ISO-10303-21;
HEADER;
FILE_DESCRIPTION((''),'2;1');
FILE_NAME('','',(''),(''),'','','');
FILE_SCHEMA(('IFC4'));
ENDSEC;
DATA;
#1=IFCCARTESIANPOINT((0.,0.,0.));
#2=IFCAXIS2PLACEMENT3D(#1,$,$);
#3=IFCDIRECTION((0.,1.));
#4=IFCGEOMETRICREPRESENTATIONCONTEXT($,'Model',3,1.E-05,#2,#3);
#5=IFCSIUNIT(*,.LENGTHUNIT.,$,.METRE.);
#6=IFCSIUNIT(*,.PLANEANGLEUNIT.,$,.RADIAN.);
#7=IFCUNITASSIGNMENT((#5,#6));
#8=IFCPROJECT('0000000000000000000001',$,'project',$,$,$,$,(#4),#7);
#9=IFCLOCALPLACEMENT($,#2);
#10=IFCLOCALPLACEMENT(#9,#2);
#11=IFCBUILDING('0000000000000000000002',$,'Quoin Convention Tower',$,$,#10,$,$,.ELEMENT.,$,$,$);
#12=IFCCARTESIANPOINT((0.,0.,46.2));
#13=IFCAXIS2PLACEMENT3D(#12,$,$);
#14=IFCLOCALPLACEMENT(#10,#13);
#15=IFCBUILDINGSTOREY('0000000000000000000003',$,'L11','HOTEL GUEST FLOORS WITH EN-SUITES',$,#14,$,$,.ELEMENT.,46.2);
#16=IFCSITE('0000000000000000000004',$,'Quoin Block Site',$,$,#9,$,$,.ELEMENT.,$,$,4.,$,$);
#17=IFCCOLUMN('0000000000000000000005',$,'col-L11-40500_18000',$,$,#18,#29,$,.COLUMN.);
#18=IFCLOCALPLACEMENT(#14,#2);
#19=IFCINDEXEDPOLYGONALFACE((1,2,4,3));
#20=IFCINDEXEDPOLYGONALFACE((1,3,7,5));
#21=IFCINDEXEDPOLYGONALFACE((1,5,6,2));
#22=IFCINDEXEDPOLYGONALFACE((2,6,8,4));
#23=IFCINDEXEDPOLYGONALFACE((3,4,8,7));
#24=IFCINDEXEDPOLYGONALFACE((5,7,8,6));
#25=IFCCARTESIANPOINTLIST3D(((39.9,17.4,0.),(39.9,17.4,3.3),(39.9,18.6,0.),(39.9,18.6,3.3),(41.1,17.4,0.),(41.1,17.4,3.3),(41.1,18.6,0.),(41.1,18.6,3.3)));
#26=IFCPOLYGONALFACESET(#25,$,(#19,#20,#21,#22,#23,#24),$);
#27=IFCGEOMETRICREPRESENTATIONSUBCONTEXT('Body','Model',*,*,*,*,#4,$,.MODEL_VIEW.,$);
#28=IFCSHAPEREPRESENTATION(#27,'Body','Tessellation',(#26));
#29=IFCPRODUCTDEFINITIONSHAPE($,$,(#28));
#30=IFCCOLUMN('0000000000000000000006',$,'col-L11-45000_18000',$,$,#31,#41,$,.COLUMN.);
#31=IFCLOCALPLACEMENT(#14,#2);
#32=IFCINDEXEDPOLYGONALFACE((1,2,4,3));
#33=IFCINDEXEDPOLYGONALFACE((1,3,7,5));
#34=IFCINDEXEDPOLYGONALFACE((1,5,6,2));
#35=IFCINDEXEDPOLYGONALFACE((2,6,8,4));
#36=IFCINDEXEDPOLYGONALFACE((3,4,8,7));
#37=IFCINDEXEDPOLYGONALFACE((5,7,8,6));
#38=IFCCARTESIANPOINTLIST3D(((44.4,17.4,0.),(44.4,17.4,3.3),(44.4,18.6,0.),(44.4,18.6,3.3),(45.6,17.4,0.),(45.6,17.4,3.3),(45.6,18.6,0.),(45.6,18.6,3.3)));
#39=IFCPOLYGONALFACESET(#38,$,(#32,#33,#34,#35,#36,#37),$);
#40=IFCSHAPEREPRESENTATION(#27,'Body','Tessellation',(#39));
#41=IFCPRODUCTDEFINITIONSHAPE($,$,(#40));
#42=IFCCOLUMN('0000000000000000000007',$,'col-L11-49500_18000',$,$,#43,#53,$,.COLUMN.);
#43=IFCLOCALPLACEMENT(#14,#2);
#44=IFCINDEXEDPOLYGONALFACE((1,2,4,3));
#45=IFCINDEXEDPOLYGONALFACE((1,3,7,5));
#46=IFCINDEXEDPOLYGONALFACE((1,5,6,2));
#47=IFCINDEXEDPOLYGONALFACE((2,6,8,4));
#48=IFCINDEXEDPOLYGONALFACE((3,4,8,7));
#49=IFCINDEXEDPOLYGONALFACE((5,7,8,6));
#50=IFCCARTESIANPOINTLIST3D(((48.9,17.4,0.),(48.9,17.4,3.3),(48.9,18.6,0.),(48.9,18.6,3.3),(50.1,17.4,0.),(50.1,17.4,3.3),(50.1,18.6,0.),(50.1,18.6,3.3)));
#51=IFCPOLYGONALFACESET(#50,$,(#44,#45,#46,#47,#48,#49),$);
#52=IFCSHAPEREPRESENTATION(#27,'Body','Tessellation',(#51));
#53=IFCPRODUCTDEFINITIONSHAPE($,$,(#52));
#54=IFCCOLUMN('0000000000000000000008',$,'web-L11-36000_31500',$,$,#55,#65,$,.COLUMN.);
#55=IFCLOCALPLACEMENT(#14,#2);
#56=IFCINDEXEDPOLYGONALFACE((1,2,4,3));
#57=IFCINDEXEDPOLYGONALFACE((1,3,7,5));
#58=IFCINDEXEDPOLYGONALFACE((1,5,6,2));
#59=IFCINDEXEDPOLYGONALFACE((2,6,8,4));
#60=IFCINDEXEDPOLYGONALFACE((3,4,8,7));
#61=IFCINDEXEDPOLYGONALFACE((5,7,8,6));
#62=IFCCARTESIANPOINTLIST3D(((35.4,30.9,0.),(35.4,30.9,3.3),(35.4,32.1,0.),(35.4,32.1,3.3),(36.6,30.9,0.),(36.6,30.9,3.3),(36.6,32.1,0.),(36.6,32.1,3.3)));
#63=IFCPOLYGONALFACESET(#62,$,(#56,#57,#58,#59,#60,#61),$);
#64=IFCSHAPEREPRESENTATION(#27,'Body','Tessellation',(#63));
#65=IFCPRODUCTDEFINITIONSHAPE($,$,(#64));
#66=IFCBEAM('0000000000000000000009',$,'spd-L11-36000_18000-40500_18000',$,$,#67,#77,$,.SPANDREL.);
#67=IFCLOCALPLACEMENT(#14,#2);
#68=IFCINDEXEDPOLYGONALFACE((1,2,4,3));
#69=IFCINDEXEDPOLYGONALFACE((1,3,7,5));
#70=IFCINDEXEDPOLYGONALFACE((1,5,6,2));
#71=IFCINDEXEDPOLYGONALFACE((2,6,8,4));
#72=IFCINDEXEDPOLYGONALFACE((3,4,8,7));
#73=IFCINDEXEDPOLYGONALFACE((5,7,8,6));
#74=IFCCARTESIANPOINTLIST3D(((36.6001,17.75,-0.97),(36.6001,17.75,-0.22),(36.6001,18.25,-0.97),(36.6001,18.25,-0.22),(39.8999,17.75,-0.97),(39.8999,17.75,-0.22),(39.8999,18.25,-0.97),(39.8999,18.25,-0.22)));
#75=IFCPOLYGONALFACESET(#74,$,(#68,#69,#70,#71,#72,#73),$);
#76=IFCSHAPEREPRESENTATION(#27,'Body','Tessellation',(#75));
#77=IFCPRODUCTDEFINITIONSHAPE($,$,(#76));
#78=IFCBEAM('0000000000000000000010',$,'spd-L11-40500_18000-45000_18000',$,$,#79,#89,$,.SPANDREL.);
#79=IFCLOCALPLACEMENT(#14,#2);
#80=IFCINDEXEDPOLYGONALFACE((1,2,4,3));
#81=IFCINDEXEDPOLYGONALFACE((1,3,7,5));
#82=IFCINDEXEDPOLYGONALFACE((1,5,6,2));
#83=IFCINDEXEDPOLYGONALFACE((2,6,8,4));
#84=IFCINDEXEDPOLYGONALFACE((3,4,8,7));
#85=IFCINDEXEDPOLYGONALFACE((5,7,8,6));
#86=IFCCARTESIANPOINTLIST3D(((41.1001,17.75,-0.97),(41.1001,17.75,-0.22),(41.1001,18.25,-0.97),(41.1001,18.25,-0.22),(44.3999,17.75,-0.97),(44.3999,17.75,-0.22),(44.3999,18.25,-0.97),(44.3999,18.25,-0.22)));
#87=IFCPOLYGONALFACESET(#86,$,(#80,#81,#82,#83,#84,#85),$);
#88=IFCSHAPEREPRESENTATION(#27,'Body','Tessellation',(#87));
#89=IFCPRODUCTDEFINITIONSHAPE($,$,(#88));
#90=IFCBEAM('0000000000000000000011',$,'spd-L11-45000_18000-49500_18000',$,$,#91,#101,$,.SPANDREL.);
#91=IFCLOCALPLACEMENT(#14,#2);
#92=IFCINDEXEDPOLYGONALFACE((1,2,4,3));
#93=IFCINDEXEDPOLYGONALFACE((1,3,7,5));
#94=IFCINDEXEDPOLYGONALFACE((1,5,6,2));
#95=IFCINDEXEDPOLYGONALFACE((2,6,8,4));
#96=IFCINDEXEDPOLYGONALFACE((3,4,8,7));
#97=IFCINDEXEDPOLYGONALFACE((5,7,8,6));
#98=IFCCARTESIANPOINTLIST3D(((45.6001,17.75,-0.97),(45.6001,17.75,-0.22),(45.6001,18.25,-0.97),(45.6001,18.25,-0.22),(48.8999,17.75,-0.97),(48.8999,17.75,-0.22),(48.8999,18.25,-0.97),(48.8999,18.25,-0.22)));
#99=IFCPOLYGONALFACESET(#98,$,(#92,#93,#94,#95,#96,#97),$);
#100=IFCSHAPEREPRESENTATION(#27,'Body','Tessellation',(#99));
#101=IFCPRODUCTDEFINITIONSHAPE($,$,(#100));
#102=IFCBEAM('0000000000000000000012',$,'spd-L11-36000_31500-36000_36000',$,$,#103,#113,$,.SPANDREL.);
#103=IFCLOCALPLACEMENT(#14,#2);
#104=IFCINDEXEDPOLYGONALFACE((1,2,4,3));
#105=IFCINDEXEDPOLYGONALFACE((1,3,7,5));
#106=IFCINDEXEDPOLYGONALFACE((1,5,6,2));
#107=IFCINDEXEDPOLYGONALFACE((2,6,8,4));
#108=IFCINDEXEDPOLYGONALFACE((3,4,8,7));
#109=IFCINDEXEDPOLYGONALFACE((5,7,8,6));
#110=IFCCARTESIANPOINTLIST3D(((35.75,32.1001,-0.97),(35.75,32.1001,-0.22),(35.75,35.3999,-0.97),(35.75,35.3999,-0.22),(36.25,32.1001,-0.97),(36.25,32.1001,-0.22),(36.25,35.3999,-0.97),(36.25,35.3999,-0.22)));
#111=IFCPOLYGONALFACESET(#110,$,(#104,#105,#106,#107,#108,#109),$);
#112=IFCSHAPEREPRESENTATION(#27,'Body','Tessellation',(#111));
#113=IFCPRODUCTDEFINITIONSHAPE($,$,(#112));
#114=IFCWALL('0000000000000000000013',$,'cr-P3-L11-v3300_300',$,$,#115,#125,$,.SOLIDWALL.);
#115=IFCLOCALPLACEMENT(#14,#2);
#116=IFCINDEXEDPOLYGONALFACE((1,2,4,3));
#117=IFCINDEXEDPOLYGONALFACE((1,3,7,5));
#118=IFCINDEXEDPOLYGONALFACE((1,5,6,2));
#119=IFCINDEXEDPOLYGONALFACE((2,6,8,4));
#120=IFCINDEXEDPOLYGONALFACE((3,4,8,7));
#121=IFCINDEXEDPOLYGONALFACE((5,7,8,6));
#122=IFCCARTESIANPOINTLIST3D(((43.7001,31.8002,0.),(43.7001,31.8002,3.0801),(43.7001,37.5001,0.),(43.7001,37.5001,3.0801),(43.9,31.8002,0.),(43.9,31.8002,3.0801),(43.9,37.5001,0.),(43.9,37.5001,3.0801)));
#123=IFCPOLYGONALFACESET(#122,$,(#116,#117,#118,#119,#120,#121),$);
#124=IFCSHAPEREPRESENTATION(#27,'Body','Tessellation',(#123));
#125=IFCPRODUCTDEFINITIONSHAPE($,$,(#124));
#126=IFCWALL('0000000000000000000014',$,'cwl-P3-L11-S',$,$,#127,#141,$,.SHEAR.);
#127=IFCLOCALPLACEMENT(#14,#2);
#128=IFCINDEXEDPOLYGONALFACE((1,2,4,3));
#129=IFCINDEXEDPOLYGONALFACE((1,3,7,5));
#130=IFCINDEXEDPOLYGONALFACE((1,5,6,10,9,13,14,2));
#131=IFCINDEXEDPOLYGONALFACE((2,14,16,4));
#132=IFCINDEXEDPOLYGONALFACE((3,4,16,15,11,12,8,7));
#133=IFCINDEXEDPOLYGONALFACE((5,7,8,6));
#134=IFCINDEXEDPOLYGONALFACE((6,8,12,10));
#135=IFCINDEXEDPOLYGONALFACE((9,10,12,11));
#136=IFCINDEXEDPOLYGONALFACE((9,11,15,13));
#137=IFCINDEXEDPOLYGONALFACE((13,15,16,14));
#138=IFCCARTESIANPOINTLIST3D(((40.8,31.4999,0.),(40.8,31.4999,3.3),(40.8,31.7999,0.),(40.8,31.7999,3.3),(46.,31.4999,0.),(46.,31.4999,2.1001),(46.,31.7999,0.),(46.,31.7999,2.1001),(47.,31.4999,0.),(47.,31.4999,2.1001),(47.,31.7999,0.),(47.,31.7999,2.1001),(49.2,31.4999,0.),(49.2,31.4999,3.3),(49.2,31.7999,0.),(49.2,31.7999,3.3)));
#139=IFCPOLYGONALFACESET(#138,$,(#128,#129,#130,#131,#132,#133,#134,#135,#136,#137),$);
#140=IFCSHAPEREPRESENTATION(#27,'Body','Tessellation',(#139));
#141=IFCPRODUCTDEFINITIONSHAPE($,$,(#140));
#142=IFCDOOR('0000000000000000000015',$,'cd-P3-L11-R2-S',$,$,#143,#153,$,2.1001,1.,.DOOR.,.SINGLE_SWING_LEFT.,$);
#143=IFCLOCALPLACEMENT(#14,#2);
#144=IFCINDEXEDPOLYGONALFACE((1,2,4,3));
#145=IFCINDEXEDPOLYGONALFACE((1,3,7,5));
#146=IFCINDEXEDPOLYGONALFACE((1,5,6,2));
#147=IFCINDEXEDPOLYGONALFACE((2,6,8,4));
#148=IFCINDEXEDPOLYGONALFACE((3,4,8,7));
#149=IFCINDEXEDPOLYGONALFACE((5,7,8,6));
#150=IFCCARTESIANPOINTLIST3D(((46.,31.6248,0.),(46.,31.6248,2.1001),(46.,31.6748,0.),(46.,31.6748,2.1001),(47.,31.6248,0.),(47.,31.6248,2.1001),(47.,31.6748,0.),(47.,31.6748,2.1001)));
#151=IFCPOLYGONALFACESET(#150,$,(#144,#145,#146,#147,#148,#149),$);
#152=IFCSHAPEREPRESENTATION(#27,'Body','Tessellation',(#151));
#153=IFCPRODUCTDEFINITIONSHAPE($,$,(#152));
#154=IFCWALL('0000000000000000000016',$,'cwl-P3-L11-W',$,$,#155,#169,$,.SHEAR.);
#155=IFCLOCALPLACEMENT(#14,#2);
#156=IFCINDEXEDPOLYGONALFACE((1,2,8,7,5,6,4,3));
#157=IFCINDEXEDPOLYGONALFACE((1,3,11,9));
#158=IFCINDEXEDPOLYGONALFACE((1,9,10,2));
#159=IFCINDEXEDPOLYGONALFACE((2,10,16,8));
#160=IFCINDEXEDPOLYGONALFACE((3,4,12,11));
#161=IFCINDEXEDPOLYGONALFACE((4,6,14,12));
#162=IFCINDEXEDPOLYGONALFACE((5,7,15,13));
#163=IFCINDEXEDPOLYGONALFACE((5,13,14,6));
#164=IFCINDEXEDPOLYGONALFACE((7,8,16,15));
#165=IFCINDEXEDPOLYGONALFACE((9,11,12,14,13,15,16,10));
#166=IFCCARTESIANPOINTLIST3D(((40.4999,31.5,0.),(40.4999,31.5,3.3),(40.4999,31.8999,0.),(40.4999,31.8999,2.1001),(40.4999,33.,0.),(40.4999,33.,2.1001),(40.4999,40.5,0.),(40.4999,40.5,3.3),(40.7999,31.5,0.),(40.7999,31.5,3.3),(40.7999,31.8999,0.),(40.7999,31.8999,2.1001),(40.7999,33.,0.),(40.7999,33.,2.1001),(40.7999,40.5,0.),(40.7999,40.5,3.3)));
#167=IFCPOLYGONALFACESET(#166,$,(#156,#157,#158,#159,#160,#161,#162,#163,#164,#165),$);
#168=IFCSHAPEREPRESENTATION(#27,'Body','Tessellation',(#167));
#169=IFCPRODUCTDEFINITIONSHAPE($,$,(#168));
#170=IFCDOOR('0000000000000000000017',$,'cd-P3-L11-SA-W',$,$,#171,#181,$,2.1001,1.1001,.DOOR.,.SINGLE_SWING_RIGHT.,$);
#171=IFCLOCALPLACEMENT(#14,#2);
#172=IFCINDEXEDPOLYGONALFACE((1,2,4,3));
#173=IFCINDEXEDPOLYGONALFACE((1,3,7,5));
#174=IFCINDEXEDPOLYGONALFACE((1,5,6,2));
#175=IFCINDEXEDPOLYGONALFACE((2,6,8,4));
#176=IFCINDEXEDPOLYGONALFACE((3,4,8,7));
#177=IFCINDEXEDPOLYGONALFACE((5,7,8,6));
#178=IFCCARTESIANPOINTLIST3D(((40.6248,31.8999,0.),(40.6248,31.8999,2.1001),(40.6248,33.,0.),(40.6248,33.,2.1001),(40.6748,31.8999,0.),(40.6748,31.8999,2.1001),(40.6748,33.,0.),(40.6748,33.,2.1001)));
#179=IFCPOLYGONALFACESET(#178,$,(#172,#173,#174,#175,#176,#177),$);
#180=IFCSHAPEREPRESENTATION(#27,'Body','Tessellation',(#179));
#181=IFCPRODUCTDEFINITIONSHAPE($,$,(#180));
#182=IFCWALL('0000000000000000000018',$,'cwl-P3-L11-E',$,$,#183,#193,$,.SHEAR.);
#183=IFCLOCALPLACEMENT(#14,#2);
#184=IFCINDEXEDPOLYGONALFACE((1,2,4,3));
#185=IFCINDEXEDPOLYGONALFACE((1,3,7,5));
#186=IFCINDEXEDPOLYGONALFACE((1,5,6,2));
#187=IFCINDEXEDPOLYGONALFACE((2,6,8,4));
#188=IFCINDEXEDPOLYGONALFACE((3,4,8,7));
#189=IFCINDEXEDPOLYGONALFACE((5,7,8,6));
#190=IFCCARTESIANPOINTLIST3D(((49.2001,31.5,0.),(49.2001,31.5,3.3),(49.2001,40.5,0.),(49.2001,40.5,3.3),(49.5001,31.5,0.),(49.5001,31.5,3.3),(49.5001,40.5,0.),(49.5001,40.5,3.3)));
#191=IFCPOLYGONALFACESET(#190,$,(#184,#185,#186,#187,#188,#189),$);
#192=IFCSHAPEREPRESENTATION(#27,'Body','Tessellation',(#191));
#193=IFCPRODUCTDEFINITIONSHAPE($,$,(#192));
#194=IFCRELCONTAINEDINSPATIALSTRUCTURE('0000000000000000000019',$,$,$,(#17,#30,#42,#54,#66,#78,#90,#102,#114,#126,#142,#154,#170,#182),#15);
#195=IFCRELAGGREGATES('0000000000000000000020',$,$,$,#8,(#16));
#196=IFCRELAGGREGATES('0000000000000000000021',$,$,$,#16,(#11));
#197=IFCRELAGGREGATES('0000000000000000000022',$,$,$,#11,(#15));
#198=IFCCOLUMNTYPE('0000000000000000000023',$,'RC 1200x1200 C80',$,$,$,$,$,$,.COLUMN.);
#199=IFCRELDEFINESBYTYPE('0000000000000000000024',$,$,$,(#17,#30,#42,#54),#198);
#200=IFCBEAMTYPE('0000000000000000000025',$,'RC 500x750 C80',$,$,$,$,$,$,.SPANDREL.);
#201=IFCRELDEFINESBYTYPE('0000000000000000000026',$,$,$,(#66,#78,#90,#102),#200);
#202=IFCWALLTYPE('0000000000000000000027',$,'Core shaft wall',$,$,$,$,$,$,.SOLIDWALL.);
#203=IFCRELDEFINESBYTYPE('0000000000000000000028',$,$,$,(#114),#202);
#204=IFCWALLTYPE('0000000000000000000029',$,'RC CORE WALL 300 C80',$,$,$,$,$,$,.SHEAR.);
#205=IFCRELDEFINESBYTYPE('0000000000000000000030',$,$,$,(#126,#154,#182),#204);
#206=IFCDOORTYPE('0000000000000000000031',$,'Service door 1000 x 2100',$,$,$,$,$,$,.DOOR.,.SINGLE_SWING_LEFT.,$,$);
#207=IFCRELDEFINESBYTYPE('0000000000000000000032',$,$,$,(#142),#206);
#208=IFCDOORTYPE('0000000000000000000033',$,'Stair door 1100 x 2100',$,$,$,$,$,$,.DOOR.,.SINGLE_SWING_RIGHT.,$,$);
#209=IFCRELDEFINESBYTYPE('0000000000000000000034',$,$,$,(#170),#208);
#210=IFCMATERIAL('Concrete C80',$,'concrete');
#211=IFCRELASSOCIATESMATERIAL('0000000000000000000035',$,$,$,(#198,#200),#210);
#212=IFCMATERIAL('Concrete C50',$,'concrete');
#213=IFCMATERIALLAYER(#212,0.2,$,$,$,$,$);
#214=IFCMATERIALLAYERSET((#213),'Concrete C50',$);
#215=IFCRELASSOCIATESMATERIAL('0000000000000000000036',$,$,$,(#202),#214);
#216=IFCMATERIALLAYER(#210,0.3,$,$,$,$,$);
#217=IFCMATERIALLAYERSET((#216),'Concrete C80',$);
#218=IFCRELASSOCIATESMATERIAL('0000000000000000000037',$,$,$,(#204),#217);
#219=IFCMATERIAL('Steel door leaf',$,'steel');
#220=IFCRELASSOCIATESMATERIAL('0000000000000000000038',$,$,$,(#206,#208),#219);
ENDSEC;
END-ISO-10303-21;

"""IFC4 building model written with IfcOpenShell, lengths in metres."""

from ifc_helpers import new_model, si_unit, direction, frame, frame_2d, origin, origin_2d, place, context, subcontext, project, spatial, rectangle, extrude, material, layer, layer_set, material_profile, profile_set, type_object, element, fill, save


model = new_model("IFC4")

# Units and contexts
model_context = context("Model", 3, precision=1e-05, world=origin(), true_north=direction((0.0, 1.0)))
body_context = subcontext(model_context, "Body", "Model", "MODEL_VIEW")
ifc_project = project(units=[si_unit("LENGTHUNIT", "METRE"), si_unit("PLANEANGLEUNIT", "RADIAN")], contexts=[model_context])

# Site, building, storey
site_placement = place(None, origin())
site = spatial("IfcSite", under=ifc_project, at=site_placement, Name="Quoin Block Site", CompositionType="ELEMENT", RefElevation=4.0)
building_placement = place(site_placement, origin())
building = spatial("IfcBuilding", under=site, at=building_placement, Name="Quoin Convention Tower", CompositionType="ELEMENT")
storey_placement = place(building_placement, frame((0.0, 0.0, 46.2)))
storey = spatial("IfcBuildingStorey", under=building, at=storey_placement, Name="L11", Description="HOTEL GUEST FLOORS WITH EN-SUITES", CompositionType="ELEMENT", Elevation=46.2)

# Columns
ifc_material_1 = material(Name="Concrete C80", Category="concrete")
ifc_material_profile_1 = material_profile(ifc_material_1, rectangle(XDim=1.2, YDim=1.2, at=origin_2d()), Name="RC 1200x1200")
ifc_profile_set_1 = profile_set([ifc_material_profile_1], Name="Concrete C80")
column_type = type_object("IfcColumnType", Name="RC 1200x1200 C80", PredefinedType="COLUMN", material=ifc_profile_set_1)
for number, where, z_axis, x_axis, name in (
    (1, (40.5, 18.0, 0.0), (0.0, 0.0, 1.0), (1.0, 0.0, 0.0), "col-L11-40500_18000"),
    (2, (45.0, 18.0, 0.0), (0.0, 0.0, 1.0), (1.0, 0.0, 0.0), "col-L11-45000_18000"),
    (3, (49.5, 18.0, 0.0), (0.0, 0.0, 1.0), (1.0, 0.0, 0.0), "col-L11-49500_18000"),
    (4, (36.0, 31.5, 0.0), (0.0, 0.0, 1.0), (1.0, 0.0, 0.0), "web-L11-36000_31500"),
):
    element("IfcColumn", number, at=place(storey_placement, frame(where, z_axis=z_axis, x_axis=x_axis)), inside=storey, type_object=column_type, Name=name, PredefinedType="COLUMN", context=body_context, shape_type="SweptSolid", body=[
        extrude(rectangle(XDim=1.2, YDim=1.2, at=origin_2d()), origin(), (0.0, 0.0, 1.0), 3.3),
    ])

# Beams
ifc_material_profile_2 = material_profile(ifc_material_1, rectangle(XDim=0.5, YDim=0.75, at=origin_2d()), Name="RC 500x750")
ifc_profile_set_2 = profile_set([ifc_material_profile_2], Name="Concrete C80")
beam_type = type_object("IfcBeamType", Name="RC 500x750 C80", PredefinedType="SPANDREL", material=ifc_profile_set_2)
for number, where, z_axis, x_axis, name in (
    (5, (36.6001, 18.0, -0.595), (1.0, 0.0, 0.0), (0.0, 1.0, 0.0), "spd-L11-36000_18000-40500_18000"),
    (6, (41.1001, 18.0, -0.595), (1.0, 0.0, 0.0), (0.0, 1.0, 0.0), "spd-L11-40500_18000-45000_18000"),
    (7, (45.6001, 18.0, -0.595), (1.0, 0.0, 0.0), (0.0, 1.0, 0.0), "spd-L11-45000_18000-49500_18000"),
    (8, (36.0, 32.1001, -0.595), (0.0, 1.0, 0.0), (-1.0, 0.0, 0.0), "spd-L11-36000_31500-36000_36000"),
):
    element("IfcBeam", number, at=place(storey_placement, frame(where, z_axis=z_axis, x_axis=x_axis)), inside=storey, type_object=beam_type, Name=name, PredefinedType="SPANDREL", context=body_context, shape_type="SweptSolid", body=[
        extrude(rectangle(XDim=0.5, YDim=0.75, at=origin_2d()), origin(), (0.0, 0.0, 1.0), 3.2998),
    ])

# Wall
ifc_material_2 = material(Name="Concrete C50", Category="concrete")
ifc_layer_1 = layer(ifc_material_2, 0.2)
ifc_layer_set_1 = layer_set([ifc_layer_1], Name="Concrete C50")
wall_type_1 = type_object("IfcWallType", Name="Core shaft wall", PredefinedType="SOLIDWALL", material=ifc_layer_set_1)
wall_1_placement = place(storey_placement, frame((43.8, 31.8, 0.0), z_axis=(0.0, 0.0, 1.0), x_axis=(0.0, 1.0, 0.0)))
element("IfcWall", 9, at=wall_1_placement, inside=storey, type_object=wall_type_1, Name="cr-P3-L11-v3300_300", PredefinedType="SOLIDWALL", context=body_context, shape_type="SweptSolid", body=[
    extrude(rectangle(XDim=5.7, YDim=0.2, at=frame_2d((2.8501, 0.0))), origin(), (0.0, 0.0, 1.0), 3.0801),
])

# Walls, openings, doors
ifc_layer_2 = layer(ifc_material_1, 0.3)
ifc_layer_set_2 = layer_set([ifc_layer_2], Name="Concrete C80")
wall_type_2 = type_object("IfcWallType", Name="RC CORE WALL 300 C80", PredefinedType="SHEAR", material=ifc_layer_set_2)
wall_2_placement = place(storey_placement, frame((40.8, 31.6499, 0.0), z_axis=(0.0, 0.0, 1.0), x_axis=(1.0, 0.0, 0.0)))
wall_2 = element("IfcWall", 10, at=wall_2_placement, inside=storey, type_object=wall_type_2, Name="cwl-P3-L11-S", PredefinedType="SHEAR", context=body_context, shape_type="SweptSolid", body=[
    extrude(rectangle(XDim=8.3999, YDim=0.3, at=frame_2d((4.2, 0.0))), origin(), (0.0, 0.0, 1.0), 3.3),
])
opening_1_placement = place(wall_2_placement, frame((5.2, 0.0, 0.0)))
opening_1 = element("IfcOpeningElement", 11, at=opening_1_placement, cuts=wall_2, PredefinedType="OPENING", context=body_context, shape_type="SweptSolid", body=[
    extrude(rectangle(XDim=1.0, YDim=2.1001, at=frame_2d((0.5, 1.05))), frame((0.0, 0.1599, 0.0), z_axis=(0.0, -1.0, 0.0), x_axis=(1.0, 0.0, 0.0)), (0.0, 0.0, 1.0), 0.3201),
])
ifc_material_3 = material(Name="Steel door leaf", Category="steel")
door_type_1 = type_object("IfcDoorType", Name="Service door 1000 x 2100", OperationType="SINGLE_SWING_LEFT", PredefinedType="DOOR", material=ifc_material_3)
door_1_placement = place(opening_1_placement, origin())
door_1 = element("IfcDoor", 12, at=door_1_placement, inside=storey, type_object=door_type_1, Name="cd-P3-L11-R2-S", OperationType="SINGLE_SWING_LEFT", OverallHeight=2.1001, OverallWidth=1.0, PredefinedType="DOOR", context=body_context, shape_type="SweptSolid", body=[
    extrude(rectangle(XDim=1.0, YDim=2.1001, at=frame_2d((0.5, 1.05))), frame((0.0, 0.0249, 0.0), z_axis=(0.0, -1.0, 0.0), x_axis=(1.0, 0.0, 0.0)), (0.0, 0.0, 1.0), 0.05),
])
fill(opening_1, door_1)
wall_3_placement = place(storey_placement, frame((40.6499, 31.5, 0.0), z_axis=(0.0, 0.0, 1.0), x_axis=(0.0, 1.0, 0.0)))
wall_3 = element("IfcWall", 13, at=wall_3_placement, inside=storey, type_object=wall_type_2, Name="cwl-P3-L11-W", PredefinedType="SHEAR", context=body_context, shape_type="SweptSolid", body=[
    extrude(rectangle(XDim=9.0, YDim=0.3, at=frame_2d((4.5, 0.0))), origin(), (0.0, 0.0, 1.0), 3.3),
])
opening_2_placement = place(wall_3_placement, frame((0.3999, 0.0, 0.0)))
opening_2 = element("IfcOpeningElement", 14, at=opening_2_placement, cuts=wall_3, PredefinedType="OPENING", context=body_context, shape_type="SweptSolid", body=[
    extrude(rectangle(XDim=1.1001, YDim=2.1001, at=frame_2d((0.55, 1.05))), frame((0.0, 0.1599, 0.0), z_axis=(0.0, -1.0, 0.0), x_axis=(1.0, 0.0, 0.0)), (0.0, 0.0, 1.0), 0.3201),
])
door_type_2 = type_object("IfcDoorType", Name="Stair door 1100 x 2100", OperationType="SINGLE_SWING_RIGHT", PredefinedType="DOOR", material=ifc_material_3)
door_2_placement = place(opening_2_placement, frame((1.1001, 0.0, 0.0), z_axis=(0.0, 0.0, 1.0), x_axis=(-1.0, 0.0, 0.0)))
door_2 = element("IfcDoor", 15, at=door_2_placement, inside=storey, type_object=door_type_2, Name="cd-P3-L11-SA-W", OperationType="SINGLE_SWING_RIGHT", OverallHeight=2.1001, OverallWidth=1.1001, PredefinedType="DOOR", context=body_context, shape_type="SweptSolid", body=[
    extrude(rectangle(XDim=1.1001, YDim=2.1001, at=frame_2d((0.55, 1.05))), frame((0.0, 0.0249, 0.0), z_axis=(0.0, -1.0, 0.0), x_axis=(1.0, 0.0, 0.0)), (0.0, 0.0, 1.0), 0.05),
])
fill(opening_2, door_2)

# Wall
wall_4_placement = place(storey_placement, frame((49.3501, 31.5, 0.0), z_axis=(0.0, 0.0, 1.0), x_axis=(0.0, 1.0, 0.0)))
element("IfcWall", 16, at=wall_4_placement, inside=storey, type_object=wall_type_2, Name="cwl-P3-L11-E", PredefinedType="SHEAR", context=body_context, shape_type="SweptSolid", body=[
    extrude(rectangle(XDim=9.0, YDim=0.3, at=frame_2d((4.5, 0.0))), origin(), (0.0, 0.0, 1.0), 3.3),
])

save(model, "model.ifc")
